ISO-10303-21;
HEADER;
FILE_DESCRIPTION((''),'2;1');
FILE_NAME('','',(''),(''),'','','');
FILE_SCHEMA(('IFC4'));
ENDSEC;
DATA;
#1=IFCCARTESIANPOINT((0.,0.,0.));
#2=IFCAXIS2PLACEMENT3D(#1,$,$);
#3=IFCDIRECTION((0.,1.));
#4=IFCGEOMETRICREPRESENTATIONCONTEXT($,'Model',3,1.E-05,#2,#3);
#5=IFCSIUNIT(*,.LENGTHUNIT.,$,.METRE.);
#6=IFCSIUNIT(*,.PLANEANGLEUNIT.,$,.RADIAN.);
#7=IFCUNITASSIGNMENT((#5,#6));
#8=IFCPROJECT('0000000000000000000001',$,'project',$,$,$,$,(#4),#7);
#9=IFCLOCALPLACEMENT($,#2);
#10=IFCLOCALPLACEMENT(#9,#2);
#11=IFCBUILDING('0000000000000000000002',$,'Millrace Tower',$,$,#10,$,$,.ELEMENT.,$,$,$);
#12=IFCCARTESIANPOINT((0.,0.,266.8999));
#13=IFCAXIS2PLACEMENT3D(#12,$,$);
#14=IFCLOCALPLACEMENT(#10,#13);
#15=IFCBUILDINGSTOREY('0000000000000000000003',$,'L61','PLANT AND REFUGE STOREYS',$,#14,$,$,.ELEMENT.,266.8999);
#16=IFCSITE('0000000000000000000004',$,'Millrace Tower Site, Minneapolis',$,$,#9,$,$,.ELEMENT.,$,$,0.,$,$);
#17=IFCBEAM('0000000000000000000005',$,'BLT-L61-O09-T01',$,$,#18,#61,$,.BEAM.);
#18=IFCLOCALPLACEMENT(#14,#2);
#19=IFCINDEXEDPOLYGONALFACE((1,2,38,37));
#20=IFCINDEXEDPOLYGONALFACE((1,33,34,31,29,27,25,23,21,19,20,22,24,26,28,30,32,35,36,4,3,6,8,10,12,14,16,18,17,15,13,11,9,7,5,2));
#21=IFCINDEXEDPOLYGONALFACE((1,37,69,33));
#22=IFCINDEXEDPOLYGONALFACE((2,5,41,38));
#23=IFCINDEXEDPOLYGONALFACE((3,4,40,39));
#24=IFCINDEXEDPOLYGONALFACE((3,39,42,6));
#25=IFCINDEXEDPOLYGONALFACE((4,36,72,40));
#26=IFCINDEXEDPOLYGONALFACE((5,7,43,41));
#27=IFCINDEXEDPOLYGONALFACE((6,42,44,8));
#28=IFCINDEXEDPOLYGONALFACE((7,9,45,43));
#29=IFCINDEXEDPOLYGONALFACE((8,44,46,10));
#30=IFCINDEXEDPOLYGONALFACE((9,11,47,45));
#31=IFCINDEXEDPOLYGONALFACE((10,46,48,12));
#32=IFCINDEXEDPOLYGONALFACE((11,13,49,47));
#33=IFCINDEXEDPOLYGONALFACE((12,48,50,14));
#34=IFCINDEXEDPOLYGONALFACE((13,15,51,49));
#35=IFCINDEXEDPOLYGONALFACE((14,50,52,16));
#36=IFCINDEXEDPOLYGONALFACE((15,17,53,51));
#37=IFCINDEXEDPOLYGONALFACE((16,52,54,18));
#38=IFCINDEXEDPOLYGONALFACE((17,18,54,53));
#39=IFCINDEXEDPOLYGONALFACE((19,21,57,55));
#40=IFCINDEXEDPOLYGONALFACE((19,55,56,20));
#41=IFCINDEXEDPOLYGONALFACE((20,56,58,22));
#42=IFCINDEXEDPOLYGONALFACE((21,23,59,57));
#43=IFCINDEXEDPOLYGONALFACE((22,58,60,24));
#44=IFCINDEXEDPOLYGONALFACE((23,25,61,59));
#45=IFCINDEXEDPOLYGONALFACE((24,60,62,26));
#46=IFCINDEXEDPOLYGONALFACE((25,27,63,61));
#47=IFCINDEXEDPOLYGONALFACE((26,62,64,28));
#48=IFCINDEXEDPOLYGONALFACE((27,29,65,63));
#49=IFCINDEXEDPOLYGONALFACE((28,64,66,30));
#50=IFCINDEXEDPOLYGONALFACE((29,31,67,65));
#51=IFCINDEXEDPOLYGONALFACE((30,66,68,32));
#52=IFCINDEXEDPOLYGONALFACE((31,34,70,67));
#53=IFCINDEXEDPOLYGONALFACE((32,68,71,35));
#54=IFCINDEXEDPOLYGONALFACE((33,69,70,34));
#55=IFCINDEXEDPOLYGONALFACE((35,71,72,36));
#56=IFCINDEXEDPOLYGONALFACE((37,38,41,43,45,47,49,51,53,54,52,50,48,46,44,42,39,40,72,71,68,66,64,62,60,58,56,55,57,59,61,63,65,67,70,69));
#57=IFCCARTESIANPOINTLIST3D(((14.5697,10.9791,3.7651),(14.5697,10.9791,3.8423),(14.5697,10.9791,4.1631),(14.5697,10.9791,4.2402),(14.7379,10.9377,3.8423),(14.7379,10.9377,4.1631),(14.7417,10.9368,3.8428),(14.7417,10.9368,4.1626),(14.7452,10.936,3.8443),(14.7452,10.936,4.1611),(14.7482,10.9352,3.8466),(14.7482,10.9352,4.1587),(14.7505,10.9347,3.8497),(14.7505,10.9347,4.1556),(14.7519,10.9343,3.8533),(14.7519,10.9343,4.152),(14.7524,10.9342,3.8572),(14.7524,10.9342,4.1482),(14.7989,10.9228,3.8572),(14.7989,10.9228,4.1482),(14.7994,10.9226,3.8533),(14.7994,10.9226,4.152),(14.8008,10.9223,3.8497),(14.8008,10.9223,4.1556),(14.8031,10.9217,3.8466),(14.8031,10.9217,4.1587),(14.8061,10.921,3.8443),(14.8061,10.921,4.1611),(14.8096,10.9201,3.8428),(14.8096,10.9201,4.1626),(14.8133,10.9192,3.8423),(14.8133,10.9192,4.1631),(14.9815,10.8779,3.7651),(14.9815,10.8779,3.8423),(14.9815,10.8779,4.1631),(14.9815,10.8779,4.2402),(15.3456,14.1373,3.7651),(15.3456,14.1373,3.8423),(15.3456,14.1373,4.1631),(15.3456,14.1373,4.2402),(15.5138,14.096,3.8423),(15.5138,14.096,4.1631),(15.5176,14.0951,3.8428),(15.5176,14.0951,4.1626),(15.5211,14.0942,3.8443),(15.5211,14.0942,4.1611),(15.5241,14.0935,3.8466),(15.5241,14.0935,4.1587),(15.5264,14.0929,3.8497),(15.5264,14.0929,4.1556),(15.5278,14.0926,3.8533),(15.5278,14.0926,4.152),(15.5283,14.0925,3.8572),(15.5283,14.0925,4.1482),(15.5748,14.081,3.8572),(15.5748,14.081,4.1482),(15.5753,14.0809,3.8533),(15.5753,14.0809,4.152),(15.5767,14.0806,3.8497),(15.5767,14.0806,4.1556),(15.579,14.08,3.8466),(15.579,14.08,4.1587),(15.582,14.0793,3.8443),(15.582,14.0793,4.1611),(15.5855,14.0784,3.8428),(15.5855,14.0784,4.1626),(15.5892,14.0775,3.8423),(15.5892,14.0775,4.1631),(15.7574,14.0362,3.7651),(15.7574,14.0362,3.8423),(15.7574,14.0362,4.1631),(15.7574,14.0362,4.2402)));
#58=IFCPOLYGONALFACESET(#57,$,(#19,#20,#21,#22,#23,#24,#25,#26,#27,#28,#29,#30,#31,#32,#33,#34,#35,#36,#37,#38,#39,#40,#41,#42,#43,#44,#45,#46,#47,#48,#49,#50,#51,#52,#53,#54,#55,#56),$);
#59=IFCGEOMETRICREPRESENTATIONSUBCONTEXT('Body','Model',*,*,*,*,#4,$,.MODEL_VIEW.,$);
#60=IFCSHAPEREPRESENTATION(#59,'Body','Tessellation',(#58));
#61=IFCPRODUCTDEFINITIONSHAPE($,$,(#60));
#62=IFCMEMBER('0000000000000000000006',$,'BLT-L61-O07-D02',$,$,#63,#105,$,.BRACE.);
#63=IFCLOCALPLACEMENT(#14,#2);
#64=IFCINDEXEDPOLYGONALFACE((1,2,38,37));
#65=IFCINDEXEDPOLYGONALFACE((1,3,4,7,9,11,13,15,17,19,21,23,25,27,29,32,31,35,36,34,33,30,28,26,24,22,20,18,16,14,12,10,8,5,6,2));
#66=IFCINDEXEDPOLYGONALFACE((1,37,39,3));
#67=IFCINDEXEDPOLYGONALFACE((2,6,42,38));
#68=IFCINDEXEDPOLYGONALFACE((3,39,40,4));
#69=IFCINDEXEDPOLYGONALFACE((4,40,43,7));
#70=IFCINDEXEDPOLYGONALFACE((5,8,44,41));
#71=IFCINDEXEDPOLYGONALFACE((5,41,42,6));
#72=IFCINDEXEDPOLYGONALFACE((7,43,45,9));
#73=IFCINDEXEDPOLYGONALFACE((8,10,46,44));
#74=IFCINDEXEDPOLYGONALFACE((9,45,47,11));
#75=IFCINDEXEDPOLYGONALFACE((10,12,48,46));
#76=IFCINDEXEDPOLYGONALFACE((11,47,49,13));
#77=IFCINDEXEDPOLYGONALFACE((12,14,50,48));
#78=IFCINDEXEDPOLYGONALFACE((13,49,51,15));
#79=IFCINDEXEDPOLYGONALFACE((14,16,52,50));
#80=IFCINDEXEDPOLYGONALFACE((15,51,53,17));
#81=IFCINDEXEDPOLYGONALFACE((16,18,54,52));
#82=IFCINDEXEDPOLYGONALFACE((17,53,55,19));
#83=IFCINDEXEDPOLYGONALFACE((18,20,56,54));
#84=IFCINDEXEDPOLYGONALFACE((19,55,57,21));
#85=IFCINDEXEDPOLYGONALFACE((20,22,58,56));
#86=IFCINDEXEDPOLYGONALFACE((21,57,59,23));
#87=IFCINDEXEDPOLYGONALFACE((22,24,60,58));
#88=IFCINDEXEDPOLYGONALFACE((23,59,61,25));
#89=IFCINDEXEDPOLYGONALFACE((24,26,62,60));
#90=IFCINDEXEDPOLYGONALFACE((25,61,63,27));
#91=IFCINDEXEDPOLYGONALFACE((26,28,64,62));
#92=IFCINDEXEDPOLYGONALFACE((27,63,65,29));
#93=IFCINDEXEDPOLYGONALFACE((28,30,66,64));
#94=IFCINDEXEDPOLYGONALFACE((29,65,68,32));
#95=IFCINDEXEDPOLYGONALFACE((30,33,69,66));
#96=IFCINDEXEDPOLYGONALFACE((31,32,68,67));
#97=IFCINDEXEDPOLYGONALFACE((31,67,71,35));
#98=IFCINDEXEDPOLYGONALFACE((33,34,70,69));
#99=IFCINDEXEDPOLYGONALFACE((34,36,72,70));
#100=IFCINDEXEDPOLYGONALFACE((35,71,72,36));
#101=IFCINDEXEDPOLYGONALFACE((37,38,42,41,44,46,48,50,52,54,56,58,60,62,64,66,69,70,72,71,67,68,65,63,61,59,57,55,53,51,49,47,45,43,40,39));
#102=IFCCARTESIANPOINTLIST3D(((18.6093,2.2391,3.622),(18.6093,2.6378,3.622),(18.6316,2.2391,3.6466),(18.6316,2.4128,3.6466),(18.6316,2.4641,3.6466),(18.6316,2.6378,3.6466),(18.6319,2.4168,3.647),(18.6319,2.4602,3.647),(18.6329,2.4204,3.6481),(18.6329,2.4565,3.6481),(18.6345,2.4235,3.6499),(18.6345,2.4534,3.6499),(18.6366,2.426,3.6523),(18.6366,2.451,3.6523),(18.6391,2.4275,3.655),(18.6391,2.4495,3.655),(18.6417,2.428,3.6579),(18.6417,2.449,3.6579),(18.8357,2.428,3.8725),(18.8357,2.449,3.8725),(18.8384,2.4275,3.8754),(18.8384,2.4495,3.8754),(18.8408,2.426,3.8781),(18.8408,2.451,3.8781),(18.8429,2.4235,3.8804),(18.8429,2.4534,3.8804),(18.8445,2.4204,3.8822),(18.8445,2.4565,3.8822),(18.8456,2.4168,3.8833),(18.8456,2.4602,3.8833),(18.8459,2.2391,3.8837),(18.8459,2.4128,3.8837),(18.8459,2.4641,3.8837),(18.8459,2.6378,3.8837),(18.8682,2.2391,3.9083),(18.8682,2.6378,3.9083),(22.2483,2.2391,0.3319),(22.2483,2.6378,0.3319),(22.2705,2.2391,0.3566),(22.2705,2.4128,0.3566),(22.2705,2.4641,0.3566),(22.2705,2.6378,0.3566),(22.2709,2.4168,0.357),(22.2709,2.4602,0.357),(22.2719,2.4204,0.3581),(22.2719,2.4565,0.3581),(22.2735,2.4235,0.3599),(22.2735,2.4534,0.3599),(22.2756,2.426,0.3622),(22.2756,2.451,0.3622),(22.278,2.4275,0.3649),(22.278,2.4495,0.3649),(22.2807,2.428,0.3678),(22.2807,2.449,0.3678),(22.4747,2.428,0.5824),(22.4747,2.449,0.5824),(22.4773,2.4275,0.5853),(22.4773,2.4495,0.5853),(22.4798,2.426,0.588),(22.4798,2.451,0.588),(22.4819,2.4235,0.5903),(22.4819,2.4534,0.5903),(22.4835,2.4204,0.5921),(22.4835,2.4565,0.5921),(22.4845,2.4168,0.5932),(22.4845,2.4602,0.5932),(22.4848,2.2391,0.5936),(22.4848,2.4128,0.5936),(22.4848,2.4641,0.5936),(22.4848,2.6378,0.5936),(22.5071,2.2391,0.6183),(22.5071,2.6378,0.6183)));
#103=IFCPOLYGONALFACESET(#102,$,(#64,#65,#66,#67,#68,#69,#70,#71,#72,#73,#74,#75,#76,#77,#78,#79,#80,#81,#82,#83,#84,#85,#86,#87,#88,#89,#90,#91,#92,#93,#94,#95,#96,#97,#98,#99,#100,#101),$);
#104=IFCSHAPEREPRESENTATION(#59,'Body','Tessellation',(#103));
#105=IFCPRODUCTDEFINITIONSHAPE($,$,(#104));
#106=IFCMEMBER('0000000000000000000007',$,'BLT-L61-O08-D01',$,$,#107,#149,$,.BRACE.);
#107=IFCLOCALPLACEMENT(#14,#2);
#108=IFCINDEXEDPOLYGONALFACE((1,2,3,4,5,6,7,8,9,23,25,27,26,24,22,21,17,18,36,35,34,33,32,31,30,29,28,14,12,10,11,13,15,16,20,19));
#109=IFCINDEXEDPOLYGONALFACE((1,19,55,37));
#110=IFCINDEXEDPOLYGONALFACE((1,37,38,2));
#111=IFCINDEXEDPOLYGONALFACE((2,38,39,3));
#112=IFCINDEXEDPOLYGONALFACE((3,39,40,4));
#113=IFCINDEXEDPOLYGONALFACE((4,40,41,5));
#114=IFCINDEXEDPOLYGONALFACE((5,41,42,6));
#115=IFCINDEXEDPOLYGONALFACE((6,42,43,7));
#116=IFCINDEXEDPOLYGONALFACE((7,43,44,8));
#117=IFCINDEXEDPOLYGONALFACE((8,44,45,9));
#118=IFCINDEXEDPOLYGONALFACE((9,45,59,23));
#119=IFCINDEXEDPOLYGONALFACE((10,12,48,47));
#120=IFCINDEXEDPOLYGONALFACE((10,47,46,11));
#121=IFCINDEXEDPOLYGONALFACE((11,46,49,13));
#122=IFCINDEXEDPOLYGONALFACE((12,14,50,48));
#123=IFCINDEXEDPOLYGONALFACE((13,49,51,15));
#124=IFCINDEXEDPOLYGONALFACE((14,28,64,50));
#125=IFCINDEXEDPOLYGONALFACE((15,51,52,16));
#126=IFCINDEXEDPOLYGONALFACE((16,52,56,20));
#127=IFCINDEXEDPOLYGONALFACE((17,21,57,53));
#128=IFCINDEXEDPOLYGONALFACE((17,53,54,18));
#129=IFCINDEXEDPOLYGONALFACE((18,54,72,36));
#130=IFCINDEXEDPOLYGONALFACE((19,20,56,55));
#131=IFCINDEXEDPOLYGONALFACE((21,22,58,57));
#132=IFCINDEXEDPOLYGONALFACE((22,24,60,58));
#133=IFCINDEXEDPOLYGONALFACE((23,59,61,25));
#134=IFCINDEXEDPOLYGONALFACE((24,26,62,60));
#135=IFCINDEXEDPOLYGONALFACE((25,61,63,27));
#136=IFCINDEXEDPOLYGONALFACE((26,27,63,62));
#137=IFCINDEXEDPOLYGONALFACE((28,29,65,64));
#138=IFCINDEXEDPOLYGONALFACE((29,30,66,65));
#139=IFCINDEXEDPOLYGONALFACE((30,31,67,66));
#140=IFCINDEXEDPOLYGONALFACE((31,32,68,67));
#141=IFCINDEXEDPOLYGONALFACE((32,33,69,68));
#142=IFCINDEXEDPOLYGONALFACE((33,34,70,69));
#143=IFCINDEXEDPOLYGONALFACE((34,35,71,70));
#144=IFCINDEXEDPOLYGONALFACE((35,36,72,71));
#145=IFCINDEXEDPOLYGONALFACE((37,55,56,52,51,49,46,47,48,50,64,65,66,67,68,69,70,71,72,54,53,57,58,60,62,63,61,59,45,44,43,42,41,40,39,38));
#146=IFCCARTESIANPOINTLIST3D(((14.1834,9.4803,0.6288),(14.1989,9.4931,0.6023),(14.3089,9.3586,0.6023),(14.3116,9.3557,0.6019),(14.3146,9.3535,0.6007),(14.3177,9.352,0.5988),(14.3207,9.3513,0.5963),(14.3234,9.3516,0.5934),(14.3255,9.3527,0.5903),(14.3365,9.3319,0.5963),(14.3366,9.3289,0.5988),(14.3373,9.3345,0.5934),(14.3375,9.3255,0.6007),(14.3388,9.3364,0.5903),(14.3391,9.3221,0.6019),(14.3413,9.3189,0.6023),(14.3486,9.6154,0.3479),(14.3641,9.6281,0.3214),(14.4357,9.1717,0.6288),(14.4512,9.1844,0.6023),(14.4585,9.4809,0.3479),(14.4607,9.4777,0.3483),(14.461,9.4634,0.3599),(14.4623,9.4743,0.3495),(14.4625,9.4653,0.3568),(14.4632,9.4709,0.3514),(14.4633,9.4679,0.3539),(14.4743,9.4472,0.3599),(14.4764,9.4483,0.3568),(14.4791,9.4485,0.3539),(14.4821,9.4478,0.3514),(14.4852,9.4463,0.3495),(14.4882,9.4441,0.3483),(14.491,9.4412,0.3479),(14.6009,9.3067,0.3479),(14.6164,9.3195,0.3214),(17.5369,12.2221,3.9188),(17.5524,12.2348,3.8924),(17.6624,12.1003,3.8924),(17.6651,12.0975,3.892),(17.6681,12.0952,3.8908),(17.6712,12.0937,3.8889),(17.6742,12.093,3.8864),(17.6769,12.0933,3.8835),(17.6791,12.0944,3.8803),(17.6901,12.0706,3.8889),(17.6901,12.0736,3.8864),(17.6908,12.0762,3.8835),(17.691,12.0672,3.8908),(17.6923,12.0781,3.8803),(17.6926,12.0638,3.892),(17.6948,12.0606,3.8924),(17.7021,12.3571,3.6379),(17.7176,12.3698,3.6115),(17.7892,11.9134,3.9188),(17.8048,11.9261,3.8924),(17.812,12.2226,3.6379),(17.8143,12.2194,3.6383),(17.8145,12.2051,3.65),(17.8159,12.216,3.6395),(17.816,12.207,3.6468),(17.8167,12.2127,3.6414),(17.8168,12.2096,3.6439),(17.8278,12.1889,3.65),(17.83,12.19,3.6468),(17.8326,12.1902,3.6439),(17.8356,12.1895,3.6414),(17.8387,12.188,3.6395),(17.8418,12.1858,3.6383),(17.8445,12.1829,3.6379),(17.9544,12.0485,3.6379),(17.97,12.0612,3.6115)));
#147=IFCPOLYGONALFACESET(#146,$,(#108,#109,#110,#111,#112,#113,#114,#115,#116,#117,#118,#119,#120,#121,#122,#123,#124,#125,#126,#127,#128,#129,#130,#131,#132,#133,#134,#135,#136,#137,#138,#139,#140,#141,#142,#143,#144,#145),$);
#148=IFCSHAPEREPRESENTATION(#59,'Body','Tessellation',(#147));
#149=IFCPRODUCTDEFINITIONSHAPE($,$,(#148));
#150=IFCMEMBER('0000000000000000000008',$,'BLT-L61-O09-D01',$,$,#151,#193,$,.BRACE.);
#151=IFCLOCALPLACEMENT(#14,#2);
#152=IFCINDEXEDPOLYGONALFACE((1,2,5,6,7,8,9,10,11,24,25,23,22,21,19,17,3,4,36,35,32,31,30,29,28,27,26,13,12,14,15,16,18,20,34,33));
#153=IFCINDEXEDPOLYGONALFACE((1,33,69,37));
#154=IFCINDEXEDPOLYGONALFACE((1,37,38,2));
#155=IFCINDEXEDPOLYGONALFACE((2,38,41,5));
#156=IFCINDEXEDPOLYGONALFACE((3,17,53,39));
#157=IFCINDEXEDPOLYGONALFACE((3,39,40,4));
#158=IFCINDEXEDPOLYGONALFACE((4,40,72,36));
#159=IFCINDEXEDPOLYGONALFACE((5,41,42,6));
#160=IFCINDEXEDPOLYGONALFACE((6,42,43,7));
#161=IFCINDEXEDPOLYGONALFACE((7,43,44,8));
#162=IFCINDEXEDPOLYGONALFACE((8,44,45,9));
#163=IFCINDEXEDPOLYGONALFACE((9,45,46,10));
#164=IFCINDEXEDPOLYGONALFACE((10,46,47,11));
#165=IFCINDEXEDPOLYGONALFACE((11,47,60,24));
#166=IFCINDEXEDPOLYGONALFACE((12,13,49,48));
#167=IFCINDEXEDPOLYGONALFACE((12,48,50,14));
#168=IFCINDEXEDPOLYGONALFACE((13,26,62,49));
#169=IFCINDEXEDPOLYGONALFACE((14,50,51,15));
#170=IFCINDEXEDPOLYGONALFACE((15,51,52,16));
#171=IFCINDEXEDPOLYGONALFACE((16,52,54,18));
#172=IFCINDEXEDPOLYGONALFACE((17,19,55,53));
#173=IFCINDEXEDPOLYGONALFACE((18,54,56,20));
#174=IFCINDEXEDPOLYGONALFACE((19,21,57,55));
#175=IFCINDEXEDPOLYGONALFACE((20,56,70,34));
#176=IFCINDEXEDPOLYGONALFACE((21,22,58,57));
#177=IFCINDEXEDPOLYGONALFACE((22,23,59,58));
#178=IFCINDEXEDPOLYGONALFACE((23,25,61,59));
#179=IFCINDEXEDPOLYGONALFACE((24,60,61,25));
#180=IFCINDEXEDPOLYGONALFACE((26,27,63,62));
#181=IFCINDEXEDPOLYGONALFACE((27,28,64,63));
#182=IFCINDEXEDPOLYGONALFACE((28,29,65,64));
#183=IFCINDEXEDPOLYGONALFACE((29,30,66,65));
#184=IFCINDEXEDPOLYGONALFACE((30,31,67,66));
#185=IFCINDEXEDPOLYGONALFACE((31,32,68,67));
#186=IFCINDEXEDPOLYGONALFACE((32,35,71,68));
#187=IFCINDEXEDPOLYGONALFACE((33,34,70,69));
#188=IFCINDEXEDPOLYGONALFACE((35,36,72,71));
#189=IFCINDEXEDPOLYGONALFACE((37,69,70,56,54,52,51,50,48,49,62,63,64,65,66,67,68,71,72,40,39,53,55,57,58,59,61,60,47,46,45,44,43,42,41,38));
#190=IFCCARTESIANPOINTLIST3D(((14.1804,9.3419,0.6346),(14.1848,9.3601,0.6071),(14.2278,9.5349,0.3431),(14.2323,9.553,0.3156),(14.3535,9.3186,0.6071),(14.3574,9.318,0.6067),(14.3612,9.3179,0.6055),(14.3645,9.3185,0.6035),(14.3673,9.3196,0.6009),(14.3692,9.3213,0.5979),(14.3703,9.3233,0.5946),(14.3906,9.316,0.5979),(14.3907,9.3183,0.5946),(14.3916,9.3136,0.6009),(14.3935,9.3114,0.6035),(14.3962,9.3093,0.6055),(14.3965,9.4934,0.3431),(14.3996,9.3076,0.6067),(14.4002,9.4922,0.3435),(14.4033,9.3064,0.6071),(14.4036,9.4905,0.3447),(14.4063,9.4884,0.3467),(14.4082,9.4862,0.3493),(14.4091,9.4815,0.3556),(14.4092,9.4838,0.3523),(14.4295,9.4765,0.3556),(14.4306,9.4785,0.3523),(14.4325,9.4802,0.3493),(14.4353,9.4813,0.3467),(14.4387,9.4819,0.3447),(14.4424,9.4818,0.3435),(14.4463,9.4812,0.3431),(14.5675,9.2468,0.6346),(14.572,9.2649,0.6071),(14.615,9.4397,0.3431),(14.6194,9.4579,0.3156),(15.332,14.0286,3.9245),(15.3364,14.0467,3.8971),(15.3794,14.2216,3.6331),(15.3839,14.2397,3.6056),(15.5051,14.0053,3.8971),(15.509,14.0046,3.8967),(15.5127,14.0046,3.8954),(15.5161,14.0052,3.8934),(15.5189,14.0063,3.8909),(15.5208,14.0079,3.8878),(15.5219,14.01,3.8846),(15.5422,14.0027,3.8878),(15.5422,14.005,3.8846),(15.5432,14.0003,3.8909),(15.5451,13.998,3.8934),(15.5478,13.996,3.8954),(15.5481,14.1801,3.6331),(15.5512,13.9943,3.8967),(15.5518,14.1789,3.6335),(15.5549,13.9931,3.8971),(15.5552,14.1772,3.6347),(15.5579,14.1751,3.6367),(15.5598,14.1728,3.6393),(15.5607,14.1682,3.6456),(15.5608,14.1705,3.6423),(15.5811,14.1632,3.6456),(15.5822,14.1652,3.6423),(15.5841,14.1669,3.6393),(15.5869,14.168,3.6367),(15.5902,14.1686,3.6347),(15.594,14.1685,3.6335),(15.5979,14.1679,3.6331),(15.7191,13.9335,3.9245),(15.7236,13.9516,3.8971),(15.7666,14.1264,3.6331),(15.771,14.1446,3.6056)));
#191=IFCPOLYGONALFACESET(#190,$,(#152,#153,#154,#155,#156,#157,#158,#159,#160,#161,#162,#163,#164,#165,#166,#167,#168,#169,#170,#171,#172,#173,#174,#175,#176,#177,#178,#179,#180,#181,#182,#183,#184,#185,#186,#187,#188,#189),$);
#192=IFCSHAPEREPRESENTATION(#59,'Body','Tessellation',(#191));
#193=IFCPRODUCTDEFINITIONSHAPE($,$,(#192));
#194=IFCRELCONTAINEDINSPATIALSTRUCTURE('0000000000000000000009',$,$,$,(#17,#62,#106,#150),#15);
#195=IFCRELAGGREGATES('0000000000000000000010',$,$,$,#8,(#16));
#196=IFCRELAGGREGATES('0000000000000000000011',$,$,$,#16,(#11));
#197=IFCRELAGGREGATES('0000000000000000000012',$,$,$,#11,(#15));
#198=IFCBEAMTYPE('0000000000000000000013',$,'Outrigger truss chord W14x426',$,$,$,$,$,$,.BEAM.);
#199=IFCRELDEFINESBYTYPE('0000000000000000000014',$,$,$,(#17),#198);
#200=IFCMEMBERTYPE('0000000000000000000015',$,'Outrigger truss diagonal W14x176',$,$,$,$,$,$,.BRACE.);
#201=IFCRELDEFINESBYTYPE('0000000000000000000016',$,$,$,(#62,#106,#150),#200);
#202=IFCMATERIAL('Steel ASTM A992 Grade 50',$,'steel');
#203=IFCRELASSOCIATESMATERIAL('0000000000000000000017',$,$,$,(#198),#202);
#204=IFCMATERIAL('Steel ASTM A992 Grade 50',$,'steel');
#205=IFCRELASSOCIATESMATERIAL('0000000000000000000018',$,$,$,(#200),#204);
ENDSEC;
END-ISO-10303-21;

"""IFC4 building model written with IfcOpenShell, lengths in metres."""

from ifc_helpers import new_model, si_unit, direction, frame, origin, origin_2d, place, context, subcontext, project, spatial, i_section, extrude, material, material_profile, profile_set, type_object, element, save


model = new_model("IFC4")

# Units and contexts
model_context = context("Model", 3, precision=1e-05, world=origin(), true_north=direction((0.0, 1.0)))
body_context = subcontext(model_context, "Body", "Model", "MODEL_VIEW")
ifc_project = project(units=[si_unit("LENGTHUNIT", "METRE"), si_unit("PLANEANGLEUNIT", "RADIAN")], contexts=[model_context])

# Site, building, storey
site_placement = place(None, origin())
site = spatial("IfcSite", under=ifc_project, at=site_placement, Name="Millrace Tower Site, Minneapolis", CompositionType="ELEMENT", RefElevation=0.0)
building_placement = place(site_placement, origin())
building = spatial("IfcBuilding", under=site, at=building_placement, Name="Millrace Tower", CompositionType="ELEMENT")
storey_placement = place(building_placement, frame((0.0, 0.0, 266.8999)))
storey = spatial("IfcBuildingStorey", under=building, at=storey_placement, Name="L61", Description="PLANT AND REFUGE STOREYS", CompositionType="ELEMENT", Elevation=266.8999)

# Beam
ifc_material_1 = material(Name="Steel ASTM A992 Grade 50", Category="steel")
ifc_material_profile_1 = material_profile(ifc_material_1, i_section(OverallWidth=0.4241, OverallDepth=0.4751, WebThickness=0.0479, FlangeThickness=0.0771, FilletRadius=0.0149, at=origin_2d()))
ifc_profile_set_1 = profile_set([ifc_material_profile_1], Name="Steel ASTM A992 Grade 50")
beam_type_1 = type_object("IfcBeamType", Name="Outrigger truss chord W14x426", PredefinedType="BEAM", material=ifc_profile_set_1)
beam_1_placement = place(storey_placement, frame((14.7756, 10.9285, 4.0027), z_axis=(0.238577, 0.971124, 0.0), x_axis=(-0.971124, 0.238577, 0.0)))
element("IfcBeam", 1, at=beam_1_placement, inside=storey, type_object=beam_type_1, Name="BLT-L61-O09-T01", PredefinedType="BEAM", context=body_context, shape_type="SweptSolid", body=[
    extrude(i_section(OverallWidth=0.4241, OverallDepth=0.4751, WebThickness=0.0479, FlangeThickness=0.0771, FilletRadius=0.0149, at=origin_2d()), origin(), (0.0, 0.0, 1.0), 3.2522),
])

# Members
ifc_material_2 = material(Name="Steel ASTM A992 Grade 50", Category="steel")
ifc_material_profile_2 = material_profile(ifc_material_2, i_section(OverallWidth=0.3987, OverallDepth=0.386, WebThickness=0.021, FlangeThickness=0.0332, FilletRadius=0.0151, at=origin_2d()))
ifc_profile_set_2 = profile_set([ifc_material_profile_2], Name="Steel ASTM A992 Grade 50")
member_type_1 = type_object("IfcMemberType", Name="Outrigger truss diagonal W14x176", PredefinedType="BRACE", material=ifc_profile_set_2)
member_1_placement = place(storey_placement, frame((22.3777, 2.4385, 0.4751), z_axis=(-0.74177, 0.0, 0.670654), x_axis=(0.0, -1.0, 0.0)))
element("IfcMember", 2, at=member_1_placement, inside=storey, type_object=member_type_1, Name="BLT-L61-O07-D02", PredefinedType="BRACE", context=body_context, shape_type="SweptSolid", body=[
    extrude(i_section(OverallWidth=0.3987, OverallDepth=0.386, WebThickness=0.021, FlangeThickness=0.0332, FilletRadius=0.0151, at=origin_2d()), origin(), (0.0, 0.0, 1.0), 4.9058),
])
member_2_placement = place(storey_placement, frame((14.3999, 9.3999, 0.4751), z_axis=(0.61652, 0.504042, 0.604851), x_axis=(-0.632949, 0.774193, 0.0)))
element("IfcMember", 3, at=member_2_placement, inside=storey, type_object=member_type_1, Name="BLT-L61-O08-D01", PredefinedType="BRACE", context=body_context, shape_type="SweptSolid", body=[
    extrude(i_section(OverallWidth=0.3987, OverallDepth=0.386, WebThickness=0.021, FlangeThickness=0.0332, FilletRadius=0.0151, at=origin_2d()), origin(), (0.0, 0.0, 1.0), 5.4395),
])
member_3_placement = place(storey_placement, frame((14.3999, 9.3999, 0.4751), z_axis=(0.197163, 0.802402, 0.563274), x_axis=(-0.971114, 0.238618, 0.0)))
element("IfcMember", 4, at=member_3_placement, inside=storey, type_object=member_type_1, Name="BLT-L61-O09-D01", PredefinedType="BRACE", context=body_context, shape_type="SweptSolid", body=[
    extrude(i_section(OverallWidth=0.3987, OverallDepth=0.386, WebThickness=0.021, FlangeThickness=0.0332, FilletRadius=0.0151, at=origin_2d()), origin(), (0.0, 0.0, 1.0), 5.8408),
])

save(model, "model.ifc")
